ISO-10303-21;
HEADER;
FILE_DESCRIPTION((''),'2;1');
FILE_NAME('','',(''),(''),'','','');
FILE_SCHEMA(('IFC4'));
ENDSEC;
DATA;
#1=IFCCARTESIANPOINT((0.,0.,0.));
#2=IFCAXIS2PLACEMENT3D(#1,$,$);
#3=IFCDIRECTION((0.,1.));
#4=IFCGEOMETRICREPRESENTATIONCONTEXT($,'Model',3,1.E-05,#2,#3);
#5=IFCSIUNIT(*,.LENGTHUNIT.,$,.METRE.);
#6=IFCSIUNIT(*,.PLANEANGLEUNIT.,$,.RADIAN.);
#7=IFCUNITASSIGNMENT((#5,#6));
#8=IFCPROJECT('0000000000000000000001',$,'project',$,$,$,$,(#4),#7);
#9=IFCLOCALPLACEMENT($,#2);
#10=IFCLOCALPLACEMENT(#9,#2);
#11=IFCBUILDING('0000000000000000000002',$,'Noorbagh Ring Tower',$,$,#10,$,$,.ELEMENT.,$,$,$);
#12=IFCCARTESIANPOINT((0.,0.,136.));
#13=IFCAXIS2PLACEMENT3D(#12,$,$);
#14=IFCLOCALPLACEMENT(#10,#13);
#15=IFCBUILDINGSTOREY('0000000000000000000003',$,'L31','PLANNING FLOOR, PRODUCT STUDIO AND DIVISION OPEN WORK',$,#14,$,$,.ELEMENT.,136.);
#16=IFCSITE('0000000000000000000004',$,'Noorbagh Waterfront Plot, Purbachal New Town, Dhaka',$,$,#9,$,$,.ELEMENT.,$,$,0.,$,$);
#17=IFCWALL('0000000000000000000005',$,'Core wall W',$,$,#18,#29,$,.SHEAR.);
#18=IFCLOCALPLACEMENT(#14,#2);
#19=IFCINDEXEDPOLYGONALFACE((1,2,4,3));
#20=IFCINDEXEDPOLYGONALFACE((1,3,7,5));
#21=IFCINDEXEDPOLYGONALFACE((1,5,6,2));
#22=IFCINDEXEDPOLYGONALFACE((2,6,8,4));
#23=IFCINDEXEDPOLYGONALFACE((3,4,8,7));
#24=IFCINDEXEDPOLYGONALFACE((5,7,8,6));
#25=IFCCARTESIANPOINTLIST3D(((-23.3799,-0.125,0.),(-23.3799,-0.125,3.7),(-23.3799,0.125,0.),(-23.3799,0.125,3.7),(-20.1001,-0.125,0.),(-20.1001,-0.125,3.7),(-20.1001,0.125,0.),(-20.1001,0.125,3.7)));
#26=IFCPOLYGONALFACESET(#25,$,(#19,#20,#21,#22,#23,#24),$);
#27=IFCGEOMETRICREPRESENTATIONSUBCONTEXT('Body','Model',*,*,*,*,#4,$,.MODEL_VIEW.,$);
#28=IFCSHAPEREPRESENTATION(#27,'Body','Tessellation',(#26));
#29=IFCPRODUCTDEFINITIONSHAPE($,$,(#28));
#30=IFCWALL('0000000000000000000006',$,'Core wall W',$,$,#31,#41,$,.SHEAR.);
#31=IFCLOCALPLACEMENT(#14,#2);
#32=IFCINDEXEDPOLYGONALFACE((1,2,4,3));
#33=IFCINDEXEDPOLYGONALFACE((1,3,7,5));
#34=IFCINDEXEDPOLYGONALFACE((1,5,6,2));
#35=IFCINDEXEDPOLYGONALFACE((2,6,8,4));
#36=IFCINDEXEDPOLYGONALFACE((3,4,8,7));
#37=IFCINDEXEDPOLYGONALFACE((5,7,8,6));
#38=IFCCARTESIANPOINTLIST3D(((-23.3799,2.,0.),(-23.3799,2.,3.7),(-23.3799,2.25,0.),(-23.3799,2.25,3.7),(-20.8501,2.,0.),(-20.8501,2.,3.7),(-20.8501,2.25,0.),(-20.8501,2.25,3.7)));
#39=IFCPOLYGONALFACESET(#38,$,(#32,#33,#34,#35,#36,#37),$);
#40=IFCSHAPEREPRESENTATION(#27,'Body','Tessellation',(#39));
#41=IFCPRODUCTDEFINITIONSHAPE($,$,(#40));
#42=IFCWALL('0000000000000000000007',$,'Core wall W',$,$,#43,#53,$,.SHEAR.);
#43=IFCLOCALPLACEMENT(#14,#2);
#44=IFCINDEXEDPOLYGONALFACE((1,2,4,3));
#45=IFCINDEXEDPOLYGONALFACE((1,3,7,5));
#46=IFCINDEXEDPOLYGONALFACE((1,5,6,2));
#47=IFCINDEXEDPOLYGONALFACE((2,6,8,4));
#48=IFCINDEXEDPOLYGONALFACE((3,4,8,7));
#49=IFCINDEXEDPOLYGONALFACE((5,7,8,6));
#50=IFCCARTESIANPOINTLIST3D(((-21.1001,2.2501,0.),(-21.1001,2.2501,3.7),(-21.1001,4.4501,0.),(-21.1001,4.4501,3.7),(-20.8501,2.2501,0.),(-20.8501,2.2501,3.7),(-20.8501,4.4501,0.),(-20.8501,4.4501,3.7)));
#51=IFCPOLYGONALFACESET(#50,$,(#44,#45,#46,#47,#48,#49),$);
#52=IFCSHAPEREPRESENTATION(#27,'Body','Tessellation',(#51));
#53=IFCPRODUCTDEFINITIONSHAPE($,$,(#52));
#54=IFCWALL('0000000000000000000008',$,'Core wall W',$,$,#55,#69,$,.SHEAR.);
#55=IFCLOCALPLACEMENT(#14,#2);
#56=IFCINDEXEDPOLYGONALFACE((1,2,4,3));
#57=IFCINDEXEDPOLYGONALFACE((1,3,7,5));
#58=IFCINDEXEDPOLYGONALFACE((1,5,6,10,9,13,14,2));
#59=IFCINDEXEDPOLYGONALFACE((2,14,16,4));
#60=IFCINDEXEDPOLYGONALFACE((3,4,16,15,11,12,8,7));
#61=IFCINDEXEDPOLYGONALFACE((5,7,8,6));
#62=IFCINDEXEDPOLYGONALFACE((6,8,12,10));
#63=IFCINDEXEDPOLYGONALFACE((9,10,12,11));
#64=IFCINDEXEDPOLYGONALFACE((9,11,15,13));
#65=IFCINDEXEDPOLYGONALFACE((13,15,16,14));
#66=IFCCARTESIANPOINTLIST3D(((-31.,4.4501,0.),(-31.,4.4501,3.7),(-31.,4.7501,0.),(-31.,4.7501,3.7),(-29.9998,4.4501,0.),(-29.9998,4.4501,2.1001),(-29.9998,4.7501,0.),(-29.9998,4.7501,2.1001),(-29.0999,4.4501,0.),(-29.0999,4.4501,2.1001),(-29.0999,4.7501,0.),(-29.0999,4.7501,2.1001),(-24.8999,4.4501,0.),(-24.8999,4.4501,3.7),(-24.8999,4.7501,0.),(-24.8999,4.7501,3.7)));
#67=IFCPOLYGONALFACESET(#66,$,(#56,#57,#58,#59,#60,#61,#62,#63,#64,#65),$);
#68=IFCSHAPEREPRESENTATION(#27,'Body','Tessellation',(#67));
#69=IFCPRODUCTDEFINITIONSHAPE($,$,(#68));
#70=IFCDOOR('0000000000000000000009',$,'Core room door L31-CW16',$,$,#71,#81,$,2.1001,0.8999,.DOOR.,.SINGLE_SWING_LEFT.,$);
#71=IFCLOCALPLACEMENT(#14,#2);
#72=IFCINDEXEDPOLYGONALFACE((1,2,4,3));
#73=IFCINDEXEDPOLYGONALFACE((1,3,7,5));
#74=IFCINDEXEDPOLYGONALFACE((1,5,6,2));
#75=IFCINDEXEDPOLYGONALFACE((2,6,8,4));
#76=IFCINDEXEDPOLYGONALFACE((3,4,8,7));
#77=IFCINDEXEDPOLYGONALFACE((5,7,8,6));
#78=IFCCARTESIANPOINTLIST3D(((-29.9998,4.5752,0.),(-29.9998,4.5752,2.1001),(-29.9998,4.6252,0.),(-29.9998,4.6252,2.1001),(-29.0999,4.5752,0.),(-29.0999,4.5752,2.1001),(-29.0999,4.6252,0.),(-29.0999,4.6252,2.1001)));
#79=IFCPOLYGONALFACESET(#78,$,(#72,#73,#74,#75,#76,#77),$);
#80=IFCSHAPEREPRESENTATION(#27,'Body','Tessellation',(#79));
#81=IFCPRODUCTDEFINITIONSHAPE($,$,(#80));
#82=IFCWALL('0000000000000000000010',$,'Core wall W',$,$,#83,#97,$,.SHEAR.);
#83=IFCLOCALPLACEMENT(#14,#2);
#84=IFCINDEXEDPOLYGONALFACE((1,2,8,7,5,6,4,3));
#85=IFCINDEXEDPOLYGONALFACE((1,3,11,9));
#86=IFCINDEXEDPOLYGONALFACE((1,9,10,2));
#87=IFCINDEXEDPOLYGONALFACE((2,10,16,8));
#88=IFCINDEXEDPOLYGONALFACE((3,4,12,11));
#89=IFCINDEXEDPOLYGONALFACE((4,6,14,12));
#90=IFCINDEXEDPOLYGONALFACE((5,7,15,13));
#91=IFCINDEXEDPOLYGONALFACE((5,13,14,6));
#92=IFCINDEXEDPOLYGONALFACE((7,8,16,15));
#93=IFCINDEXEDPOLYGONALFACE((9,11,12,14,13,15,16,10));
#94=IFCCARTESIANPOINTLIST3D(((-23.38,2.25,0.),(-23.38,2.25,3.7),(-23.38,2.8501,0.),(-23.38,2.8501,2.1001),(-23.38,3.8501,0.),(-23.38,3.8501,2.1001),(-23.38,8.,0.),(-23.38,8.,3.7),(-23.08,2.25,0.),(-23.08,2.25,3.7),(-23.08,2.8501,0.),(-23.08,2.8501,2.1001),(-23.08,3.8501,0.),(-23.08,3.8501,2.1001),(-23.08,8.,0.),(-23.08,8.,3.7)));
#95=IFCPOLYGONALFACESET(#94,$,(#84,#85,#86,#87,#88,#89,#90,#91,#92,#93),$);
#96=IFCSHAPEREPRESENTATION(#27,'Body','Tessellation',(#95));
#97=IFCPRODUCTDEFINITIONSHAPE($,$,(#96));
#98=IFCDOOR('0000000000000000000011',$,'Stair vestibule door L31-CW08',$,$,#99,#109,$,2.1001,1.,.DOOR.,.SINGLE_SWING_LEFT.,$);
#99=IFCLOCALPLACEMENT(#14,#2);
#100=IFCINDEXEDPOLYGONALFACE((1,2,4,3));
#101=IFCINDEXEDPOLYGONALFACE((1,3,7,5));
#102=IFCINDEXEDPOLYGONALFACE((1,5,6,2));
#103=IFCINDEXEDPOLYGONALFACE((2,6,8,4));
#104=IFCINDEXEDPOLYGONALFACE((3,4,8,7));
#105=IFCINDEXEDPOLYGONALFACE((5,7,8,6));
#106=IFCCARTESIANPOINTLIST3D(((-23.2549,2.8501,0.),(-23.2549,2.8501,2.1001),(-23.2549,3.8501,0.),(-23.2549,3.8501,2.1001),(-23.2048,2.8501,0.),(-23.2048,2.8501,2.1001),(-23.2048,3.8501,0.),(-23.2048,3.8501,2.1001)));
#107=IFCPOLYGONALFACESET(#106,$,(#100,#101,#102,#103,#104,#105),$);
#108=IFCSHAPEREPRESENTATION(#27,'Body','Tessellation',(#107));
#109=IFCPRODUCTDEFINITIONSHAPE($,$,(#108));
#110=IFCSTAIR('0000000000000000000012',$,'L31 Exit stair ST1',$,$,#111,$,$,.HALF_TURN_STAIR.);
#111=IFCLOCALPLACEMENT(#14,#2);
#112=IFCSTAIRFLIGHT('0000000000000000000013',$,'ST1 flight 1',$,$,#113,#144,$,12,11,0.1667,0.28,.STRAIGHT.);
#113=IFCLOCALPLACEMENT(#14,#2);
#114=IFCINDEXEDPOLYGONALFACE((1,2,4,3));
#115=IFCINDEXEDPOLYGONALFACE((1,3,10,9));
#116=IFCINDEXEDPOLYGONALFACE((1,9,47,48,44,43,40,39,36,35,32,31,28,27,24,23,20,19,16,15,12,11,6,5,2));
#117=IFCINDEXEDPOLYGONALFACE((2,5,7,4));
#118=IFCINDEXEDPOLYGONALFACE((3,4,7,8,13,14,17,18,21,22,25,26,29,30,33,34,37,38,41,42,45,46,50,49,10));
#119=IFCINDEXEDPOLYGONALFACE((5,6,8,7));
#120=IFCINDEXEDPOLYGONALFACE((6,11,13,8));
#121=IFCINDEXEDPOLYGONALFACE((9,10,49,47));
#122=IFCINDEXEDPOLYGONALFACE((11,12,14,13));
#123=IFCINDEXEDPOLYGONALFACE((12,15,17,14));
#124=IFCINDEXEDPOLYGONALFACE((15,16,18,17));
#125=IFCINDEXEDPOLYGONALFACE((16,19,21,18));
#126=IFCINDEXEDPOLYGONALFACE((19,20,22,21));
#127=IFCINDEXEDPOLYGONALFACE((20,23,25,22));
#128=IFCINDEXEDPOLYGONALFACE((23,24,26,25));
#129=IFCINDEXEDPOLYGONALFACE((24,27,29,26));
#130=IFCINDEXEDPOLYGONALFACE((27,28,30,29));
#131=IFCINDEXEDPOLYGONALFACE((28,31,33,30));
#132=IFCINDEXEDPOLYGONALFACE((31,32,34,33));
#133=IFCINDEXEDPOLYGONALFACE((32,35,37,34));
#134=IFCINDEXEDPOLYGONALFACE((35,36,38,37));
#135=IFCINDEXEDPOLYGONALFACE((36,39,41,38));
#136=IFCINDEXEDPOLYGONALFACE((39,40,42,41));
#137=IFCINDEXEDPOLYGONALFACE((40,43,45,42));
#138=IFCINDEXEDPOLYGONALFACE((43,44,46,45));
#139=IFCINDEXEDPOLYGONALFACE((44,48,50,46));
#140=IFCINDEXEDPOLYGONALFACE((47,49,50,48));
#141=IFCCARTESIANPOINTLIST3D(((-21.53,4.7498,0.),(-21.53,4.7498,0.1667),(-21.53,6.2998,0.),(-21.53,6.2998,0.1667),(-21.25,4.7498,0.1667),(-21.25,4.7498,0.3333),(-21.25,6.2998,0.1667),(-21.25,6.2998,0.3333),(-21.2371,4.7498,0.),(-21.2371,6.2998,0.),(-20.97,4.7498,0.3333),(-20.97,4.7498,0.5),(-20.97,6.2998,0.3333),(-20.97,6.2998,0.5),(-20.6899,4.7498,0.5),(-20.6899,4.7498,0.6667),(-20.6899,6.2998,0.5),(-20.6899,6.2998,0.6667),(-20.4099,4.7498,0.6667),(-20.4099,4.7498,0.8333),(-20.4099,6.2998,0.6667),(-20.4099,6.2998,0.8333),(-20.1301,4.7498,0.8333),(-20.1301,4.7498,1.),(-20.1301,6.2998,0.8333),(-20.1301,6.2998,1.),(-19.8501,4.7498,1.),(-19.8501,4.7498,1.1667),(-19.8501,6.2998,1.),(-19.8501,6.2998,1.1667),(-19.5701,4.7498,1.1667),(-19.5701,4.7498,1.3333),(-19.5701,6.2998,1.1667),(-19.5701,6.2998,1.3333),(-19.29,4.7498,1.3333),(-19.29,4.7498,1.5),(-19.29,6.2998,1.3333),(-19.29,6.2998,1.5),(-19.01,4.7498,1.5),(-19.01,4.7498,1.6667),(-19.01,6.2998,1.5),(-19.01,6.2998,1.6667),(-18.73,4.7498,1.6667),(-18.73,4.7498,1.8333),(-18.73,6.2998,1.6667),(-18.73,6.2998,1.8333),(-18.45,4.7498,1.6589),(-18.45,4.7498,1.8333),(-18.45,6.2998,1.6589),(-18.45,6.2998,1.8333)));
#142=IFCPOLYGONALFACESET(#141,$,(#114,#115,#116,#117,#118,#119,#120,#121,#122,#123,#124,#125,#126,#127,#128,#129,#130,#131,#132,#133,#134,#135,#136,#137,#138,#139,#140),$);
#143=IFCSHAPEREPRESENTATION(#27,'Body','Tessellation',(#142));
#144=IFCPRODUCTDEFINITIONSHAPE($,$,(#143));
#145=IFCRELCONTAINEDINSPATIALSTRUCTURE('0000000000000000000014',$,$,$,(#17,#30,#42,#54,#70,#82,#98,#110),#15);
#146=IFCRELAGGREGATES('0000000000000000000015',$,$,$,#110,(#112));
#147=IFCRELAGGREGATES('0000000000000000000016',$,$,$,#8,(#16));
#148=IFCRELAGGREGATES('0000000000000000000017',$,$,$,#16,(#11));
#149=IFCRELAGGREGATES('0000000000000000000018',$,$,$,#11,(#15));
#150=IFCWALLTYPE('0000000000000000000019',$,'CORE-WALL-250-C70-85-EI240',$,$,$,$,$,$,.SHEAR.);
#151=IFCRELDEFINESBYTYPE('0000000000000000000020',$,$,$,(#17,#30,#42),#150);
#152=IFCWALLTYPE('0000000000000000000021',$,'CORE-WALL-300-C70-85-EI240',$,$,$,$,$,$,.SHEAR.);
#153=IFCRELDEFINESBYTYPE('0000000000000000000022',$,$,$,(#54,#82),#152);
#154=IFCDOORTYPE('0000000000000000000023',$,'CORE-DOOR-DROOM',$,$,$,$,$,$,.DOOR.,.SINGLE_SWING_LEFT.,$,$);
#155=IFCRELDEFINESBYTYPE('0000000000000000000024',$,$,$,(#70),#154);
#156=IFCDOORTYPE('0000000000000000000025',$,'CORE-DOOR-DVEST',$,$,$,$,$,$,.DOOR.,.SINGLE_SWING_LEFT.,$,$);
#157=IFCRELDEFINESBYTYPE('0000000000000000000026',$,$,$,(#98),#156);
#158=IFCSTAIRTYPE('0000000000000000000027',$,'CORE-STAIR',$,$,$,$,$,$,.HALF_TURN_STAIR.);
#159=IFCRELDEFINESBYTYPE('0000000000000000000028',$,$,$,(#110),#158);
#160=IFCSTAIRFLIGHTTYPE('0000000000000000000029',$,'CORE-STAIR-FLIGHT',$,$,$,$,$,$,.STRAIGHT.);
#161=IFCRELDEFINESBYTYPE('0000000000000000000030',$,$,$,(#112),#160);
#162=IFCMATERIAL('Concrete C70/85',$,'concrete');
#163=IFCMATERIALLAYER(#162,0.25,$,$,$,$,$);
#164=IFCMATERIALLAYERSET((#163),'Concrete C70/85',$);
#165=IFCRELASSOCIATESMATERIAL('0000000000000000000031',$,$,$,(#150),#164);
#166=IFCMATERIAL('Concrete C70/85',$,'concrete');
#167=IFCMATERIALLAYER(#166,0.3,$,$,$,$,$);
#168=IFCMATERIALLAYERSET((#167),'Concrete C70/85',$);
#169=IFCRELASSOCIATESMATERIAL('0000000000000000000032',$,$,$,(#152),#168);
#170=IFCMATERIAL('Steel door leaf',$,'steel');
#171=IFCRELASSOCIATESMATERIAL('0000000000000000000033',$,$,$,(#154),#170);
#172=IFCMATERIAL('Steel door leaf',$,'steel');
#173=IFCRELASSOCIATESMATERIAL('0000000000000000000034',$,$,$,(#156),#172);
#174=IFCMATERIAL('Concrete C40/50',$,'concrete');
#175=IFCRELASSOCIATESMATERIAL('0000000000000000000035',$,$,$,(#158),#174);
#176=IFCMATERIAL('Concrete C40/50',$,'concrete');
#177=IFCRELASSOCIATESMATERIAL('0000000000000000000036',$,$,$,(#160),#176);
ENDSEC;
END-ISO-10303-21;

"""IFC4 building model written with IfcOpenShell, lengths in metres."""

from ifc_helpers import new_model, si_unit, direction, frame, frame_2d, origin, place, context, subcontext, project, spatial, polyline, rectangle, outline, extrude, material, layer, layer_set, type_object, element, fill, aggregate, save


model = new_model("IFC4")

# Units and contexts
model_context = context("Model", 3, precision=1e-05, world=origin(), true_north=direction((0.0, 1.0)))
body_context = subcontext(model_context, "Body", "Model", "MODEL_VIEW")
ifc_project = project(units=[si_unit("LENGTHUNIT", "METRE"), si_unit("PLANEANGLEUNIT", "RADIAN")], contexts=[model_context])

# Site, building, storey
site_placement = place(None, origin())
site = spatial("IfcSite", under=ifc_project, at=site_placement, Name="Noorbagh Waterfront Plot, Purbachal New Town, Dhaka", CompositionType="ELEMENT", RefElevation=0.0)
building_placement = place(site_placement, origin())
building = spatial("IfcBuilding", under=site, at=building_placement, Name="Noorbagh Ring Tower", CompositionType="ELEMENT")
storey_placement = place(building_placement, frame((0.0, 0.0, 136.0)))
storey = spatial("IfcBuildingStorey", under=building, at=storey_placement, Name="L31", Description="PLANNING FLOOR, PRODUCT STUDIO AND DIVISION OPEN WORK", CompositionType="ELEMENT", Elevation=136.0)

# Walls
ifc_material_1 = material(Name="Concrete C70/85", Category="concrete")
ifc_layer_1 = layer(ifc_material_1, 0.25)
ifc_layer_set_1 = layer_set([ifc_layer_1], Name="Concrete C70/85")
wall_type_1 = type_object("IfcWallType", Name="CORE-WALL-250-C70-85-EI240", PredefinedType="SHEAR", material=ifc_layer_set_1)
wall_1_placement = place(storey_placement, frame((-20.1001, 0.0, 0.0), z_axis=(0.0, 0.0, 1.0), x_axis=(-1.0, 0.0, 0.0)))
element("IfcWall", 1, at=wall_1_placement, inside=storey, type_object=wall_type_1, Name="Core wall W", PredefinedType="SHEAR", context=body_context, shape_type="SweptSolid", body=[
    extrude(rectangle(XDim=3.2798, YDim=0.25, at=frame_2d((1.6399, 0.0))), origin(), (0.0, 0.0, 1.0), 3.7),
])
wall_2_placement = place(storey_placement, frame((-20.8501, 2.125, 0.0), z_axis=(0.0, 0.0, 1.0), x_axis=(-1.0, 0.0, 0.0)))
element("IfcWall", 2, at=wall_2_placement, inside=storey, type_object=wall_type_1, Name="Core wall W", PredefinedType="SHEAR", context=body_context, shape_type="SweptSolid", body=[
    extrude(rectangle(XDim=2.5298, YDim=0.25, at=frame_2d((1.2649, 0.0))), origin(), (0.0, 0.0, 1.0), 3.7),
])
wall_3_placement = place(storey_placement, frame((-20.9751, 2.25, 0.0), z_axis=(0.0, 0.0, 1.0), x_axis=(0.0, 1.0, 0.0)))
element("IfcWall", 3, at=wall_3_placement, inside=storey, type_object=wall_type_1, Name="Core wall W", PredefinedType="SHEAR", context=body_context, shape_type="SweptSolid", body=[
    extrude(rectangle(XDim=2.2, YDim=0.25, at=frame_2d((1.1001, 0.0))), origin(), (0.0, 0.0, 1.0), 3.7),
])

# Walls, openings, doors
ifc_material_2 = material(Name="Concrete C70/85", Category="concrete")
ifc_layer_2 = layer(ifc_material_2, 0.3)
ifc_layer_set_2 = layer_set([ifc_layer_2], Name="Concrete C70/85")
wall_type_2 = type_object("IfcWallType", Name="CORE-WALL-300-C70-85-EI240", PredefinedType="SHEAR", material=ifc_layer_set_2)
wall_4_placement = place(storey_placement, frame((-24.8999, 4.6001, 0.0), z_axis=(0.0, 0.0, 1.0), x_axis=(-1.0, 0.0, 0.0)))
wall_4 = element("IfcWall", 4, at=wall_4_placement, inside=storey, type_object=wall_type_2, Name="Core wall W", PredefinedType="SHEAR", context=body_context, shape_type="SweptSolid", body=[
    extrude(rectangle(XDim=6.1001, YDim=0.3, at=frame_2d((3.05, 0.0))), origin(), (0.0, 0.0, 1.0), 3.7),
])
opening_1_placement = place(wall_4_placement, frame((4.2, 0.0, 0.0)))
opening_1 = element("IfcOpeningElement", 5, at=opening_1_placement, cuts=wall_4, PredefinedType="OPENING", context=body_context, shape_type="SweptSolid", body=[
    extrude(rectangle(XDim=0.8999, YDim=2.1001, at=frame_2d((0.45, 1.05))), frame((0.0, 0.1602, 0.0), z_axis=(0.0, -1.0, 0.0), x_axis=(1.0, 0.0, 0.0)), (0.0, 0.0, 1.0), 0.3201),
])
ifc_material_3 = material(Name="Steel door leaf", Category="steel")
door_type_1 = type_object("IfcDoorType", Name="CORE-DOOR-DROOM", OperationType="SINGLE_SWING_LEFT", PredefinedType="DOOR", material=ifc_material_3)
door_1_placement = place(opening_1_placement, origin())
door_1 = element("IfcDoor", 6, at=door_1_placement, inside=storey, type_object=door_type_1, Name="Core room door L31-CW16", OperationType="SINGLE_SWING_LEFT", OverallHeight=2.1001, OverallWidth=0.8999, PredefinedType="DOOR", context=body_context, shape_type="SweptSolid", body=[
    extrude(rectangle(XDim=0.8999, YDim=2.1001, at=frame_2d((0.45, 1.05))), frame((0.0, 0.0249, 0.0), z_axis=(0.0, -1.0, 0.0), x_axis=(1.0, 0.0, 0.0)), (0.0, 0.0, 1.0), 0.05),
])
fill(opening_1, door_1)
wall_5_placement = place(storey_placement, frame((-23.23, 2.25, 0.0), z_axis=(0.0, 0.0, 1.0), x_axis=(0.0, 1.0, 0.0)))
wall_5 = element("IfcWall", 7, at=wall_5_placement, inside=storey, type_object=wall_type_2, Name="Core wall W", PredefinedType="SHEAR", context=body_context, shape_type="SweptSolid", body=[
    extrude(rectangle(XDim=5.75, YDim=0.3, at=frame_2d((2.875, 0.0))), origin(), (0.0, 0.0, 1.0), 3.7),
])
opening_2_placement = place(wall_5_placement, frame((0.6001, 0.0, 0.0)))
opening_2 = element("IfcOpeningElement", 8, at=opening_2_placement, cuts=wall_5, PredefinedType="OPENING", context=body_context, shape_type="SweptSolid", body=[
    extrude(rectangle(XDim=1.0, YDim=2.1001, at=frame_2d((0.5, 1.05))), frame((0.0, 0.1602, 0.0), z_axis=(0.0, -1.0, 0.0), x_axis=(1.0, 0.0, 0.0)), (0.0, 0.0, 1.0), 0.3201),
])
ifc_material_4 = material(Name="Steel door leaf", Category="steel")
door_type_2 = type_object("IfcDoorType", Name="CORE-DOOR-DVEST", OperationType="SINGLE_SWING_LEFT", PredefinedType="DOOR", material=ifc_material_4)
door_2_placement = place(opening_2_placement, origin())
door_2 = element("IfcDoor", 9, at=door_2_placement, inside=storey, type_object=door_type_2, Name="Stair vestibule door L31-CW08", OperationType="SINGLE_SWING_LEFT", OverallHeight=2.1001, OverallWidth=1.0, PredefinedType="DOOR", context=body_context, shape_type="SweptSolid", body=[
    extrude(rectangle(XDim=1.0, YDim=2.1001, at=frame_2d((0.5, 1.05))), frame((0.0, 0.0249, 0.0), z_axis=(0.0, -1.0, 0.0), x_axis=(1.0, 0.0, 0.0)), (0.0, 0.0, 1.0), 0.05),
])
fill(opening_2, door_2)

# Stair, stair flight
ifc_material_5 = material(Name="Concrete C40/50", Category="concrete")
stair_type = type_object("IfcStairType", Name="CORE-STAIR", PredefinedType="HALF_TURN_STAIR", material=ifc_material_5)
stair_placement = place(storey_placement, origin())
stair = element("IfcStair", 10, at=stair_placement, inside=storey, type_object=stair_type, Name="L31 Exit stair ST1", PredefinedType="HALF_TURN_STAIR")
ifc_material_6 = material(Name="Concrete C40/50", Category="concrete")
stair_flight_type = type_object("IfcStairFlightType", Name="CORE-STAIR-FLIGHT", PredefinedType="STRAIGHT", material=ifc_material_6)
stair_flight_placement = place(storey_placement, frame((-21.53, 5.5249, 0.0), z_axis=(0.0, 0.0, 1.0), x_axis=(1.0, 0.0, 0.0)))
stair_flight = element("IfcStairFlight", 11, at=stair_flight_placement, type_object=stair_flight_type, Name="ST1 flight 1", NumberOfRisers=12, NumberOfTreads=11, PredefinedType="STRAIGHT", RiserHeight=0.1667, TreadLength=0.28, context=body_context, shape_type="SweptSolid", body=[
    extrude(outline(polyline([(0.0, 0.0), (0.0, 0.1667), (0.28, 0.1667), (0.28, 0.3333), (0.5601, 0.3333), (0.5601, 0.5), (0.8401, 0.5), (0.8401, 0.6667), (1.1201, 0.6667), (1.1201, 0.8333), (1.3999, 0.8333), (1.3999, 1.0), (1.6799, 1.0), (1.6799, 1.1667), (1.96, 1.1667), (1.96, 1.3333), (2.24, 1.3333), (2.24, 1.5), (2.52, 1.5), (2.52, 1.6667), (2.8, 1.6667), (2.8, 1.8333), (3.0801, 1.8333), (3.0801, 2.0), (3.0801, 1.6589), (0.293, 0.0), (0.0, 0.0)])), frame((0.0, 0.7749, 0.0), z_axis=(0.0, -1.0, 0.0), x_axis=(1.0, 0.0, 0.0)), (0.0, 0.0, 1.0), 1.55),
])
aggregate(stair, [stair_flight])

save(model, "model.ifc")
